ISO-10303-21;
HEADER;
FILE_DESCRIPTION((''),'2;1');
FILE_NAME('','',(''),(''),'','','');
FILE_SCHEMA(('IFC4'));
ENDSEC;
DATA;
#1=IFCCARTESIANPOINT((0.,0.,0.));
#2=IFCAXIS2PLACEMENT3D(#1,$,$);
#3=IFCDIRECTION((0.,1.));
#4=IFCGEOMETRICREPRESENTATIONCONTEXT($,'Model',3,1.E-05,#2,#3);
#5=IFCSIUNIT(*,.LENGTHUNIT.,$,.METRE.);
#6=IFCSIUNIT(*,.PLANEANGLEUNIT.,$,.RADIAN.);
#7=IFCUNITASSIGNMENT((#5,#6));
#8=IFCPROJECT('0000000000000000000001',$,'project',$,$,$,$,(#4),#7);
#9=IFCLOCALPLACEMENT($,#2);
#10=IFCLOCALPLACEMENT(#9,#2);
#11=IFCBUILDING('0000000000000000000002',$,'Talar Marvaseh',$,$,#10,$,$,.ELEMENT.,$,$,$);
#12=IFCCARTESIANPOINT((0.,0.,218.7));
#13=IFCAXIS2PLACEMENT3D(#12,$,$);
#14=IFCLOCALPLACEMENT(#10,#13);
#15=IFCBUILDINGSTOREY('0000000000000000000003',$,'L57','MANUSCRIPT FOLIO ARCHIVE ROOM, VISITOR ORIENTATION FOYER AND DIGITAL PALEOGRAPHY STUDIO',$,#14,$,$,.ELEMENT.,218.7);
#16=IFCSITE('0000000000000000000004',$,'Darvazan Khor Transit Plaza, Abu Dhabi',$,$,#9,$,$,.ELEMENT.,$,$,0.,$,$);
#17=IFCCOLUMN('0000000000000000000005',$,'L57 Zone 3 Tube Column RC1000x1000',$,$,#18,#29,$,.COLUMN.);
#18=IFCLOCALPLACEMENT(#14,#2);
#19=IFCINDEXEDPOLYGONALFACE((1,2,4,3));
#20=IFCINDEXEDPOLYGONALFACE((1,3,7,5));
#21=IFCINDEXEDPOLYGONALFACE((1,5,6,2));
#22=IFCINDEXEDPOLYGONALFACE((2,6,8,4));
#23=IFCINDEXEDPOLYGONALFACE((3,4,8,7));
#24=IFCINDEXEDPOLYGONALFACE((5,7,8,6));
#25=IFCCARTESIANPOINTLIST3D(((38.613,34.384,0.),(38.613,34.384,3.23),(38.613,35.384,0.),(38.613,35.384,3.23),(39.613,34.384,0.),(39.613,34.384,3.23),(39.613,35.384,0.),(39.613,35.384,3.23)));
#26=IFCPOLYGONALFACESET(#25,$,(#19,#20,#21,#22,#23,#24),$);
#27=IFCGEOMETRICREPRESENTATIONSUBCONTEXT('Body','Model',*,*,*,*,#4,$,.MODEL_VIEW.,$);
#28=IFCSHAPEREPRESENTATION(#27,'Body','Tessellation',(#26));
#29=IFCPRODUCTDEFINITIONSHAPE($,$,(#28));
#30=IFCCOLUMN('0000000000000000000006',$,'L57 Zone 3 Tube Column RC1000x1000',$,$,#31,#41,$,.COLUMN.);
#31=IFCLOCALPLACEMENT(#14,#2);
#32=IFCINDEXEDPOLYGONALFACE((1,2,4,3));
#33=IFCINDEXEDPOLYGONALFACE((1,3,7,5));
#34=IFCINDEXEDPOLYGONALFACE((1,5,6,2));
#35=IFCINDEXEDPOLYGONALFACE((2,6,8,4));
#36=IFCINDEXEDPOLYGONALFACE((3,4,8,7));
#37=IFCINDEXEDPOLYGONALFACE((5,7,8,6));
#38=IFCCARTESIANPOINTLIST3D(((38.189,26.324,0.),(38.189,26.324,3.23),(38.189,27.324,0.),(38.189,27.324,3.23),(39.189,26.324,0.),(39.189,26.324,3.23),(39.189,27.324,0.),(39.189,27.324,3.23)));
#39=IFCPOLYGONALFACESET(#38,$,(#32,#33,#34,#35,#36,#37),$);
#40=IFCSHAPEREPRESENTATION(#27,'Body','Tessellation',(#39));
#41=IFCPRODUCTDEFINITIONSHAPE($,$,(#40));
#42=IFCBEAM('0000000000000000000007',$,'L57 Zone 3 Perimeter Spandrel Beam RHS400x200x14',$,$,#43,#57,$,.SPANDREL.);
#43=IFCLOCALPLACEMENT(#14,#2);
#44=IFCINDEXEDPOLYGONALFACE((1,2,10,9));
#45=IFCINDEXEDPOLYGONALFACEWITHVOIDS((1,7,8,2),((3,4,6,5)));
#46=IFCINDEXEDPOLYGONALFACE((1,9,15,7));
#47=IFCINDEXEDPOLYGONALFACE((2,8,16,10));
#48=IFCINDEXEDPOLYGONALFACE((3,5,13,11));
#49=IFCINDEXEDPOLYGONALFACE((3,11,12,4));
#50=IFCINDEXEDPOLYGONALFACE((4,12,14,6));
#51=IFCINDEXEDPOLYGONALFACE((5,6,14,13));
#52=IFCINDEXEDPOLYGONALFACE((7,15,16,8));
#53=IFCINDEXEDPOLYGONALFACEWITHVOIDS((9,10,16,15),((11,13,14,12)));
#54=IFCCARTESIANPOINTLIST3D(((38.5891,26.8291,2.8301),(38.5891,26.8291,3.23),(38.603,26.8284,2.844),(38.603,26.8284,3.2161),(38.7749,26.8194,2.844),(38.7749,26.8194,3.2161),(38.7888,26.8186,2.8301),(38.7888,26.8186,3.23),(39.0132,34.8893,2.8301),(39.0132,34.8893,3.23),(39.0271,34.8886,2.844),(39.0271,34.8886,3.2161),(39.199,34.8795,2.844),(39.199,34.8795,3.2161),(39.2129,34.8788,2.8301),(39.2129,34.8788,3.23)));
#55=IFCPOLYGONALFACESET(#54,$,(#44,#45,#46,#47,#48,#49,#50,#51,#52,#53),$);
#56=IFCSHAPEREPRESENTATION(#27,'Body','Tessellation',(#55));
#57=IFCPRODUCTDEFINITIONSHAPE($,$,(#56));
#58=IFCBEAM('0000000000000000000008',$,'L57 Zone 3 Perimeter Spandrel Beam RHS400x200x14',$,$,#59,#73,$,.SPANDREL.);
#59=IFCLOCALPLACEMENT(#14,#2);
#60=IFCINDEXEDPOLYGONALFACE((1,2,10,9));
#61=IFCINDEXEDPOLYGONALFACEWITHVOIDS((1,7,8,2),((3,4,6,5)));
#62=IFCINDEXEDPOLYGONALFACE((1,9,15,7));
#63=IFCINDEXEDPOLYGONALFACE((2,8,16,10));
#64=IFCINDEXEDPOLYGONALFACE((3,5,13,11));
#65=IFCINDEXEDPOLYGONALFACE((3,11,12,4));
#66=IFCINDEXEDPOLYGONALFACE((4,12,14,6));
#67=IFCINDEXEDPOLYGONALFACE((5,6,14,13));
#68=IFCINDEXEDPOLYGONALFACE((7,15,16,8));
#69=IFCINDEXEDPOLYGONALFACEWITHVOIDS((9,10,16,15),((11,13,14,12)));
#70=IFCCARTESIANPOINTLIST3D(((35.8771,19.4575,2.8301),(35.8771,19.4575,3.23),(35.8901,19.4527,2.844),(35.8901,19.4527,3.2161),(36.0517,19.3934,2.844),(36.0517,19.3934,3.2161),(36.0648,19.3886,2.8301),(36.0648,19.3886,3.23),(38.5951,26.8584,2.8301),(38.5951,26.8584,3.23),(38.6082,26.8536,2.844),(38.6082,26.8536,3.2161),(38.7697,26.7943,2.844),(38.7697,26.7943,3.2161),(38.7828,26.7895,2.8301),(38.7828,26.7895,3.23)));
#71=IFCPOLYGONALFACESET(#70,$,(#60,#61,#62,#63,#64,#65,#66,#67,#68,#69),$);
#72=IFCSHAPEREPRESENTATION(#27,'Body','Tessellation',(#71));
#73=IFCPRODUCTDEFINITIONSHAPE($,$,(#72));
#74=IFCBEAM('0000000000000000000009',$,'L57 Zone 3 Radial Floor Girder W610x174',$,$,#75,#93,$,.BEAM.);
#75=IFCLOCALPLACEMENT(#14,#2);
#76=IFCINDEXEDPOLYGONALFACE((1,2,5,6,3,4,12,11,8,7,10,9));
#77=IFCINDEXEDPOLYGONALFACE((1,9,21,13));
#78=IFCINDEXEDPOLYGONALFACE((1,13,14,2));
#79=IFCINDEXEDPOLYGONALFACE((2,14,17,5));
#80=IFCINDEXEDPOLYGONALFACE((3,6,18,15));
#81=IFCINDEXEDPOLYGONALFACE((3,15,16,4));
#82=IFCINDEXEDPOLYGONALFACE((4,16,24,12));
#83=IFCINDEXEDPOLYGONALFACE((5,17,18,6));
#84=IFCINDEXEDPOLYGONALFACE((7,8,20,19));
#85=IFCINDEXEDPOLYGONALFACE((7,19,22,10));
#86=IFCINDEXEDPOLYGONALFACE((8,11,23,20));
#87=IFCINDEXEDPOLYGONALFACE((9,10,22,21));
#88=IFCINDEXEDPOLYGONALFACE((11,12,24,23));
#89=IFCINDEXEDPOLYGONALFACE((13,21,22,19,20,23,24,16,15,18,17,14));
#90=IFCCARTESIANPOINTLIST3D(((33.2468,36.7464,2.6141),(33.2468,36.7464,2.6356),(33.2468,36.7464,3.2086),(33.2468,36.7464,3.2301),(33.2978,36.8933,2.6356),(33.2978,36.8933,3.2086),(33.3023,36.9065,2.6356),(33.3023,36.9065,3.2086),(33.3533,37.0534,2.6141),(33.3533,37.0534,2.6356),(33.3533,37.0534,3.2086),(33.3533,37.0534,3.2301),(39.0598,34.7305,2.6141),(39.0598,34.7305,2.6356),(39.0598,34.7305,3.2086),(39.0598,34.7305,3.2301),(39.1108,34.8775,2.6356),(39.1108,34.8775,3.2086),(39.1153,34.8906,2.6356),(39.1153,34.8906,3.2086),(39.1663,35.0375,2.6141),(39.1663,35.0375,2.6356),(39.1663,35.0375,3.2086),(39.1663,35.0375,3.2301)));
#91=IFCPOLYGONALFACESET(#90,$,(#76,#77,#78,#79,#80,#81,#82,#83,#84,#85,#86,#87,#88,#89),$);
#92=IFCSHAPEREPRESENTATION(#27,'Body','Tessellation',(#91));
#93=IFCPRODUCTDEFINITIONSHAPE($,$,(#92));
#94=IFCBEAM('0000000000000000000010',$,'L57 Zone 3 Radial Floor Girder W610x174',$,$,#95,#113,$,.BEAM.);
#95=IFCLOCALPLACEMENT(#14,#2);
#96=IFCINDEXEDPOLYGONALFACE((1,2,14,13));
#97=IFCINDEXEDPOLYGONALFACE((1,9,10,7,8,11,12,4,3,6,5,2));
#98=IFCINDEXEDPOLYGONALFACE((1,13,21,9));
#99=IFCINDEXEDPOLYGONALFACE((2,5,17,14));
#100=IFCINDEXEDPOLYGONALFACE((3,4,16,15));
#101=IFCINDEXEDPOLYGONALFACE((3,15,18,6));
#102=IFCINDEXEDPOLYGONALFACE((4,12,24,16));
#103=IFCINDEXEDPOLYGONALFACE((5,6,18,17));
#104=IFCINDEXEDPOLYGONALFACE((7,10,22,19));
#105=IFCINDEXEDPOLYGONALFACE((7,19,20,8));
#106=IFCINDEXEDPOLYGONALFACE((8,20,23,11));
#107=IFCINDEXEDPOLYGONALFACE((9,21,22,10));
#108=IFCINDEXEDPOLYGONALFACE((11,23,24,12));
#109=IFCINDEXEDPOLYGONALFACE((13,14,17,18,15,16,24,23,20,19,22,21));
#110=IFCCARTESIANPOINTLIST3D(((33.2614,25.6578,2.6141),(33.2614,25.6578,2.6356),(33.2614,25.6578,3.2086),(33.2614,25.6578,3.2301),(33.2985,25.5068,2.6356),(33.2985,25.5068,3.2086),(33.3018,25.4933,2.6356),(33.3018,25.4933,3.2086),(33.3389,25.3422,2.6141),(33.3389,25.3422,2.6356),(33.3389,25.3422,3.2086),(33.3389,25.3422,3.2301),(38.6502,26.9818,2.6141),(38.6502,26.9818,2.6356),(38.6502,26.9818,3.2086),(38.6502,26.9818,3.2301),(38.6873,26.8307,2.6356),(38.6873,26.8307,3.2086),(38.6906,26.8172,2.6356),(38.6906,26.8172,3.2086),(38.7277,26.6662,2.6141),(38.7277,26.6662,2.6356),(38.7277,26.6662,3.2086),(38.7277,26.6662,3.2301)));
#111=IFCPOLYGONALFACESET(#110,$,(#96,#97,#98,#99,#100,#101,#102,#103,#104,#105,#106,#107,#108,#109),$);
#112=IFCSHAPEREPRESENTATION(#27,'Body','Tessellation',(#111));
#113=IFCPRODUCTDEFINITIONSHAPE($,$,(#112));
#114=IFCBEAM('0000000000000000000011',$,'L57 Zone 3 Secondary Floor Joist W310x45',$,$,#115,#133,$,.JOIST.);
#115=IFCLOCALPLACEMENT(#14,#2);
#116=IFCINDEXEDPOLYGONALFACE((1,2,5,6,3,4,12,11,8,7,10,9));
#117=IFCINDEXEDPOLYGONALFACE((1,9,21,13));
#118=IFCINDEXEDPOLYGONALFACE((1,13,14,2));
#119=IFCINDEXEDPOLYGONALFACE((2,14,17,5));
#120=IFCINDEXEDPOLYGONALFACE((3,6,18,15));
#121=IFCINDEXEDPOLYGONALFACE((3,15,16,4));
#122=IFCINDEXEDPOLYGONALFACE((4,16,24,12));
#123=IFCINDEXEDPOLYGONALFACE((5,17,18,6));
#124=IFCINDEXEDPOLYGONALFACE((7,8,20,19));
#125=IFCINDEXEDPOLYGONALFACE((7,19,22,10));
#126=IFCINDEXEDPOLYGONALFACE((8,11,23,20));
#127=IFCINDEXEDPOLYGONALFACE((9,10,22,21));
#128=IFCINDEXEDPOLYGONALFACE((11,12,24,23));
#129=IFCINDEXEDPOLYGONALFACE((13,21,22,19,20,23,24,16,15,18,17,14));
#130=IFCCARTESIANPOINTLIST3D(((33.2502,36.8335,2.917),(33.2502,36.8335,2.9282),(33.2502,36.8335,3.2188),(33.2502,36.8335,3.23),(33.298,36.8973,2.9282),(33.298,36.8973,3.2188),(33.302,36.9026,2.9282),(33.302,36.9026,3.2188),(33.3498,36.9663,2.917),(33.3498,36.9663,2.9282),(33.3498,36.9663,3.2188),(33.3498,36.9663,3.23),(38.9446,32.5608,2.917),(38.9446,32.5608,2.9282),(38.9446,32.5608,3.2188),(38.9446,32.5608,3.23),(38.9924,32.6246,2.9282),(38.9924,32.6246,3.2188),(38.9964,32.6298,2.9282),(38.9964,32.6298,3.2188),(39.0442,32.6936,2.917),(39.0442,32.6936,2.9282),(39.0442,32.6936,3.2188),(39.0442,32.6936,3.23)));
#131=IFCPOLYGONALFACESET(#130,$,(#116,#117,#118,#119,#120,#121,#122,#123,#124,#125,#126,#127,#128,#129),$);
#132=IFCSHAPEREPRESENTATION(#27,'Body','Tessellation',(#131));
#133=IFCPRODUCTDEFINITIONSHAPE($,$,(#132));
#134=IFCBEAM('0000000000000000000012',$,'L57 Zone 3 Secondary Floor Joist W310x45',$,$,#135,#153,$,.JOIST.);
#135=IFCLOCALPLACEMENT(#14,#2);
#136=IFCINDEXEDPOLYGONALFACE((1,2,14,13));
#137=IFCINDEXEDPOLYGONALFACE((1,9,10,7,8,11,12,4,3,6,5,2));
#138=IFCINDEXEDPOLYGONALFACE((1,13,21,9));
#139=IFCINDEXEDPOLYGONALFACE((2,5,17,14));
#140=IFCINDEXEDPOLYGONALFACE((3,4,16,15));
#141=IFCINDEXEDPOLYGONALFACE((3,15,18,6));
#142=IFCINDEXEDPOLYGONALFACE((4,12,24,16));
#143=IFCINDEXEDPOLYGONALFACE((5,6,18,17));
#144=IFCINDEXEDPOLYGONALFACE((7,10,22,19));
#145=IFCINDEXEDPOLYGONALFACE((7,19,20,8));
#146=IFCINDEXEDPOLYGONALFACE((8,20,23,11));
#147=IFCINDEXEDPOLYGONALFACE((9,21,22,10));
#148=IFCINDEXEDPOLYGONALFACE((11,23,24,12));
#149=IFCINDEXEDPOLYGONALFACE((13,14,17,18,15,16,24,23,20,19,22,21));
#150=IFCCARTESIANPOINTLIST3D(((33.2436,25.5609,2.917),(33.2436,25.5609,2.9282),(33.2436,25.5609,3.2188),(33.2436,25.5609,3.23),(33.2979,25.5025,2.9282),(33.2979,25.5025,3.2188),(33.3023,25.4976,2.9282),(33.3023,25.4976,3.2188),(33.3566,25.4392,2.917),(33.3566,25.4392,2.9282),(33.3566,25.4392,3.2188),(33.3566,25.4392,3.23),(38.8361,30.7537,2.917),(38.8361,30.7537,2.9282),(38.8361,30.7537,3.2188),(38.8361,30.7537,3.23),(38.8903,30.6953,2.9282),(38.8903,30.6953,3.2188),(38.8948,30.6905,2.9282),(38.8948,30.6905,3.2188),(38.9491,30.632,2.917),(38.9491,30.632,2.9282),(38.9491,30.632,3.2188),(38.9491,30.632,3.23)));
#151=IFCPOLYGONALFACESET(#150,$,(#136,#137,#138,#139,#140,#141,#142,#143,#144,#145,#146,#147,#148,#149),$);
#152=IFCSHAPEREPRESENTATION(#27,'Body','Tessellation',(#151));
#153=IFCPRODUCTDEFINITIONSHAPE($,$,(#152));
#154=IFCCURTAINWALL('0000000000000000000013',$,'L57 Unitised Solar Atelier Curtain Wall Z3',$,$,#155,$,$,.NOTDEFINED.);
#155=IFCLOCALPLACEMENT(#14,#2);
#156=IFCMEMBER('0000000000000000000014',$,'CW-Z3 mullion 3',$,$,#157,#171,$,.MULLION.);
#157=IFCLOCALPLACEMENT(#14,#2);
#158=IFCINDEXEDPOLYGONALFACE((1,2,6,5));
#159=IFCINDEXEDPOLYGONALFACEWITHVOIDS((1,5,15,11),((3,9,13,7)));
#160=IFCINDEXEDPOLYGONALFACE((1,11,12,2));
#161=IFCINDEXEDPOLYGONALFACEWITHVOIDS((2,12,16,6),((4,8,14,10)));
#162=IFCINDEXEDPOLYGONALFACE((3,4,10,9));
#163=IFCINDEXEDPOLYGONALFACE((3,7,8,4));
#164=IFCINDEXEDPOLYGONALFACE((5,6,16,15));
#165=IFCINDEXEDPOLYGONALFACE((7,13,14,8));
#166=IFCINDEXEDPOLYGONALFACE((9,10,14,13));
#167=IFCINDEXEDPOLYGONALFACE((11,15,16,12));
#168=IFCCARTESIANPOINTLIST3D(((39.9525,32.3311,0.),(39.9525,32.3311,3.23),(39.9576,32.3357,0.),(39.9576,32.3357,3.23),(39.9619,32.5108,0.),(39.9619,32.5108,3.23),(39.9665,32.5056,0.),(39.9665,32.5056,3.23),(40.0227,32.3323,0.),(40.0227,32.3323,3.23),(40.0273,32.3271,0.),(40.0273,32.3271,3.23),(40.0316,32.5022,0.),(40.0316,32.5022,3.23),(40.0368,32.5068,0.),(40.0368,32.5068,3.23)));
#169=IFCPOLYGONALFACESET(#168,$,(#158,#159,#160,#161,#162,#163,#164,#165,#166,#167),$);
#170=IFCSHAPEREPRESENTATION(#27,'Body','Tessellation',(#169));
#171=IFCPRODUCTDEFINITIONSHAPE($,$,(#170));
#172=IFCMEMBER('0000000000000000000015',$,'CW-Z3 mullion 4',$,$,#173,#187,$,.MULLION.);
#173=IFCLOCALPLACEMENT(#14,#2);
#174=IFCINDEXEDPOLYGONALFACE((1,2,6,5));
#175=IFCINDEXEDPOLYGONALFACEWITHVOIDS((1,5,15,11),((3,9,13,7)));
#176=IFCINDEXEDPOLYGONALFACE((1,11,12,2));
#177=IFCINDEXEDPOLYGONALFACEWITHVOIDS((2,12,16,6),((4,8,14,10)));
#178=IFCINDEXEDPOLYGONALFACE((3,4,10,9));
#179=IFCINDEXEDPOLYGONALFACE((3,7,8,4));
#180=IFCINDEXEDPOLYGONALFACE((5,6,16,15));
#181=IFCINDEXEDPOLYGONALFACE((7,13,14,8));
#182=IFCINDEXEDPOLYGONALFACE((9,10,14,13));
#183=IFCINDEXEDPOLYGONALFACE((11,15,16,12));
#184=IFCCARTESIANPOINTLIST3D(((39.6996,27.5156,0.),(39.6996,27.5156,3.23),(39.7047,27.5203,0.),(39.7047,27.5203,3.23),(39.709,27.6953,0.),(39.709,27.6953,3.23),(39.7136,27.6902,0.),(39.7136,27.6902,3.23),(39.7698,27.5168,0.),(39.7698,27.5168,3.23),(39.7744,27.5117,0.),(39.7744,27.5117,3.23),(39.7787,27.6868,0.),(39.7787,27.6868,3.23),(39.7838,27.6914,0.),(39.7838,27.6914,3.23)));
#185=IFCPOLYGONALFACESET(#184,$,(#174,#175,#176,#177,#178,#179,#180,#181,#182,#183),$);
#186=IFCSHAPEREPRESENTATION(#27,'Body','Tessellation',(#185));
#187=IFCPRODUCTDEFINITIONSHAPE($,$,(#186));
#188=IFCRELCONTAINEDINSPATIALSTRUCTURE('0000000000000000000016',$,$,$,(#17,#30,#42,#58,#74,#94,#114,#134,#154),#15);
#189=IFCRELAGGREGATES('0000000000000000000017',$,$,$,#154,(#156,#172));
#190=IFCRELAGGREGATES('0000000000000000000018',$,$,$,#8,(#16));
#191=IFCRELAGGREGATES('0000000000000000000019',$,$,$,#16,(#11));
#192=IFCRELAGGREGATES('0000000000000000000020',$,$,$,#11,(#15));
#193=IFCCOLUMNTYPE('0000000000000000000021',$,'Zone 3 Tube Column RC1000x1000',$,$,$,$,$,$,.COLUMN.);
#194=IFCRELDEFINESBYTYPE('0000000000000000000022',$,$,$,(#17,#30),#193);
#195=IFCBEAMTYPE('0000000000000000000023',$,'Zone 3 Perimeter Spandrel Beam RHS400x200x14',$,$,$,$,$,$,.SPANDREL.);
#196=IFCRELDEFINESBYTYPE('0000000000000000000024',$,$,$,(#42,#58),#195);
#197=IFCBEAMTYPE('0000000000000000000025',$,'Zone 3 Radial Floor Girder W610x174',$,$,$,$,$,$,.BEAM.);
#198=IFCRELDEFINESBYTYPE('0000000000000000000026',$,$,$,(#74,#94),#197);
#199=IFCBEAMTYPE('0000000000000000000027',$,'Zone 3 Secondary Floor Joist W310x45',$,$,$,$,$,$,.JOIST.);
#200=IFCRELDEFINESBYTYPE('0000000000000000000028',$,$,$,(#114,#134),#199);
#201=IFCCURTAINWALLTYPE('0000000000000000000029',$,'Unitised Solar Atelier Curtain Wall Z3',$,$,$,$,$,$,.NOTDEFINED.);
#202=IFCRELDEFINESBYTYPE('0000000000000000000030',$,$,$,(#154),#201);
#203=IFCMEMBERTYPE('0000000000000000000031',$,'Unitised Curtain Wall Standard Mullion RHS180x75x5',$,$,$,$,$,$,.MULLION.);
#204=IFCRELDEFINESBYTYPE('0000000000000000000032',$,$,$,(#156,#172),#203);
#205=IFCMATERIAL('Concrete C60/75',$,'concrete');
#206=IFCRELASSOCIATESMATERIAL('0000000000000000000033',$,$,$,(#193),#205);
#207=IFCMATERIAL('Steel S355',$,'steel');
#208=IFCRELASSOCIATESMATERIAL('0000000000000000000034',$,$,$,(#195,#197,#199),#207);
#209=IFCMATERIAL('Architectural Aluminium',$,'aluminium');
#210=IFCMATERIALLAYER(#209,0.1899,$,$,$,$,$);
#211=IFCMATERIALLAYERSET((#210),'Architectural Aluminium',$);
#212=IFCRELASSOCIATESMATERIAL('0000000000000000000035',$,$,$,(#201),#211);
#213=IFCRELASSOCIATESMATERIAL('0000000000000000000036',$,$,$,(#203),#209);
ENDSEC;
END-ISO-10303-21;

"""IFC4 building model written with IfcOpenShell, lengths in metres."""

from ifc_helpers import new_model, si_unit, direction, frame, origin, origin_2d, place, context, subcontext, project, spatial, rectangle, hollow_rectangle, i_section, extrude, source, transform, mapped, material, layer, layer_set, material_profile, profile_set, type_object, type_shapes, element, aggregate, save


model = new_model("IFC4")

# Units and contexts
model_context = context("Model", 3, precision=1e-05, world=origin(), true_north=direction((0.0, 1.0)))
body_context = subcontext(model_context, "Body", "Model", "MODEL_VIEW")
ifc_project = project(units=[si_unit("LENGTHUNIT", "METRE"), si_unit("PLANEANGLEUNIT", "RADIAN")], contexts=[model_context])

# Site, building, storey
site_placement = place(None, origin())
site = spatial("IfcSite", under=ifc_project, at=site_placement, Name="Darvazan Khor Transit Plaza, Abu Dhabi", CompositionType="ELEMENT", RefElevation=0.0)
building_placement = place(site_placement, origin())
building = spatial("IfcBuilding", under=site, at=building_placement, Name="Talar Marvaseh", CompositionType="ELEMENT")
storey_placement = place(building_placement, frame((0.0, 0.0, 218.7)))
storey = spatial("IfcBuildingStorey", under=building, at=storey_placement, Name="L57", Description="MANUSCRIPT FOLIO ARCHIVE ROOM, VISITOR ORIENTATION FOYER AND DIGITAL PALEOGRAPHY STUDIO", CompositionType="ELEMENT", Elevation=218.7)

# Columns
ifc_material_1 = material(Name="Concrete C60/75", Category="concrete")
ifc_material_profile_1 = material_profile(ifc_material_1, rectangle(XDim=1.0, YDim=1.0, at=origin_2d()), Name="RC1000x1000")
ifc_profile_set_1 = profile_set([ifc_material_profile_1], Name="Concrete C60/75")
column_type = type_object("IfcColumnType", Name="Zone 3 Tube Column RC1000x1000", PredefinedType="COLUMN", material=ifc_profile_set_1)
for number, where, z_axis, x_axis, name in (
    (1, (39.113, 34.884, 0.0), (0.0, 0.0, 1.0), (1.0, 0.0, 0.0), "L57 Zone 3 Tube Column RC1000x1000"),
    (2, (38.689, 26.824, 0.0), (0.0, 0.0, 1.0), (1.0, 0.0, 0.0), "L57 Zone 3 Tube Column RC1000x1000"),
):
    element("IfcColumn", number, at=place(storey_placement, frame(where, z_axis=z_axis, x_axis=x_axis)), inside=storey, type_object=column_type, Name=name, PredefinedType="COLUMN", context=body_context, shape_type="SweptSolid", body=[
        extrude(rectangle(XDim=1.0, YDim=1.0, at=origin_2d()), origin(), (0.0, 0.0, 1.0), 3.23),
    ])

# Beams
ifc_material_2 = material(Name="Steel S355", Category="steel")
ifc_material_profile_2 = material_profile(ifc_material_2, hollow_rectangle(XDim=0.2, YDim=0.3999, WallThickness=0.0139, at=origin_2d()), Name="RHS400x200x14")
ifc_profile_set_2 = profile_set([ifc_material_profile_2], Name="Steel S355")
beam_type_1 = type_object("IfcBeamType", Name="Zone 3 Perimeter Spandrel Beam RHS400x200x14", PredefinedType="SPANDREL", material=ifc_profile_set_2)
beam_1_placement = place(storey_placement, frame((39.113, 34.884, 3.03), z_axis=(-0.052541, -0.998619, 0.0), x_axis=(0.998619, -0.052541, 0.0)))
element("IfcBeam", 3, at=beam_1_placement, inside=storey, type_object=beam_type_1, Name="L57 Zone 3 Perimeter Spandrel Beam RHS400x200x14", PredefinedType="SPANDREL", context=body_context, shape_type="SweptSolid", body=[
    extrude(hollow_rectangle(XDim=0.2, YDim=0.3999, WallThickness=0.0139, at=origin_2d()), origin(), (0.0, 0.0, 1.0), 8.0713),
])
beam_2_placement = place(storey_placement, frame((38.689, 26.824, 3.03), z_axis=(-0.344742, -0.938697, 0.0), x_axis=(0.938697, -0.344742, 0.0)))
element("IfcBeam", 4, at=beam_2_placement, inside=storey, type_object=beam_type_1, Name="L57 Zone 3 Perimeter Spandrel Beam RHS400x200x14", PredefinedType="SPANDREL", context=body_context, shape_type="SweptSolid", body=[
    extrude(hollow_rectangle(XDim=0.2, YDim=0.3999, WallThickness=0.0139, at=origin_2d()), origin(), (0.0, 0.0, 1.0), 7.8843),
])
ifc_material_profile_3 = material_profile(ifc_material_2, i_section(OverallWidth=0.325, OverallDepth=0.616, WebThickness=0.0139, FlangeThickness=0.0215, at=origin_2d()), Name="W610x174")
ifc_profile_set_3 = profile_set([ifc_material_profile_3], Name="Steel S355")
beam_type_2 = type_object("IfcBeamType", Name="Zone 3 Radial Floor Girder W610x174", PredefinedType="BEAM", material=ifc_profile_set_3)
beam_3_placement = place(storey_placement, frame((39.113, 34.884, 2.9221), z_axis=(-0.944801, 0.327645, 0.0), x_axis=(-0.327645, -0.944801, 0.0)))
element("IfcBeam", 5, at=beam_3_placement, inside=storey, type_object=beam_type_2, Name="L57 Zone 3 Radial Floor Girder W610x174", PredefinedType="BEAM", context=body_context, shape_type="SweptSolid", body=[
    extrude(i_section(OverallWidth=0.325, OverallDepth=0.616, WebThickness=0.0139, FlangeThickness=0.0215, at=origin_2d()), origin(), (0.0, 0.0, 1.0), 6.1526),
])
beam_4_placement = place(storey_placement, frame((38.689, 26.824, 2.9221), z_axis=(-0.971121, -0.23859, 0.0), x_axis=(0.23859, -0.971121, 0.0)))
element("IfcBeam", 6, at=beam_4_placement, inside=storey, type_object=beam_type_2, Name="L57 Zone 3 Radial Floor Girder W610x174", PredefinedType="BEAM", context=body_context, shape_type="SweptSolid", body=[
    extrude(i_section(OverallWidth=0.325, OverallDepth=0.616, WebThickness=0.0139, FlangeThickness=0.0215, at=origin_2d()), origin(), (0.0, 0.0, 1.0), 5.5491),
])
ifc_material_profile_4 = material_profile(ifc_material_2, i_section(OverallWidth=0.166, OverallDepth=0.313, WebThickness=0.0066, FlangeThickness=0.0112, at=origin_2d()), Name="W310x45")
ifc_profile_set_4 = profile_set([ifc_material_profile_4], Name="Steel S355")
beam_type_3 = type_object("IfcBeamType", Name="Zone 3 Secondary Floor Joist W310x45", PredefinedType="JOIST", material=ifc_profile_set_4)
beam_5_placement = place(storey_placement, frame((38.9944, 32.6272, 3.0735), z_axis=(-0.799868, 0.600176, 0.0), x_axis=(-0.600176, -0.799868, 0.0)))
element("IfcBeam", 7, at=beam_5_placement, inside=storey, type_object=beam_type_3, Name="L57 Zone 3 Secondary Floor Joist W310x45", PredefinedType="JOIST", context=body_context, shape_type="SweptSolid", body=[
    extrude(i_section(OverallWidth=0.166, OverallDepth=0.313, WebThickness=0.0066, FlangeThickness=0.0112, at=origin_2d()), origin(), (0.0, 0.0, 1.0), 7.1191),
])
beam_6_placement = place(storey_placement, frame((38.8926, 30.6929, 3.0735), z_axis=(-0.732806, -0.680438, 0.0), x_axis=(0.680438, -0.732806, 0.0)))
element("IfcBeam", 8, at=beam_6_placement, inside=storey, type_object=beam_type_3, Name="L57 Zone 3 Secondary Floor Joist W310x45", PredefinedType="JOIST", context=body_context, shape_type="SweptSolid", body=[
    extrude(i_section(OverallWidth=0.166, OverallDepth=0.313, WebThickness=0.0066, FlangeThickness=0.0112, at=origin_2d()), origin(), (0.0, 0.0, 1.0), 7.6316),
])

# Curtain wall, members
ifc_material_3 = material(Name="Architectural Aluminium", Category="aluminium")
ifc_layer_1 = layer(ifc_material_3, 0.1899)
ifc_layer_set_1 = layer_set([ifc_layer_1], Name="Architectural Aluminium")
curtain_wall_type = type_object("IfcCurtainWallType", Name="Unitised Solar Atelier Curtain Wall Z3", PredefinedType="NOTDEFINED", material=ifc_layer_set_1)
curtain_wall_placement = place(storey_placement, origin())
curtain_wall = element("IfcCurtainWall", 9, at=curtain_wall_placement, inside=storey, type_object=curtain_wall_type, Name="L57 Unitised Solar Atelier Curtain Wall Z3", PredefinedType="NOTDEFINED")
ifc_material_profile_5 = material_profile(ifc_material_3, hollow_rectangle(XDim=0.075, YDim=0.1799, WallThickness=0.0049, at=origin_2d()), Name="RHS180x75x5")
ifc_profile_set_5 = profile_set([ifc_material_profile_5], Name="Architectural Aluminium")
member_type_1 = type_object("IfcMemberType", Name="Unitised Curtain Wall Standard Mullion RHS180x75x5", PredefinedType="MULLION", material=ifc_profile_set_5)
shared_shape_1 = source(origin(), body_context, "Body", "SweptSolid", [
    extrude(hollow_rectangle(XDim=0.075, YDim=0.1799, WallThickness=0.0049, at=origin_2d()), origin(), (0.0, 0.0, 1.0), 3.23),
])
type_shapes(member_type_1, [shared_shape_1])
member_1_placement = place(storey_placement, frame((39.9946, 32.4189, 0.0), z_axis=(0.0, 0.0, 1.0), x_axis=(0.998622, -0.052488, 0.0)))
member_1 = element("IfcMember", 10, at=member_1_placement, type_object=member_type_1, Name="CW-Z3 mullion 3", PredefinedType="MULLION", context=body_context, shape_type="MappedRepresentation", body=[
    mapped(shared_shape_1, transform((0.0, 0.0, 0.0), x_axis=(1.0, 0.0, 0.0), y_axis=(0.0, 1.0, 0.0), z_axis=(0.0, 0.0, 1.0), scale=1.0)),
])
member_2_placement = place(storey_placement, frame((39.7417, 27.6035, 0.0), z_axis=(0.0, 0.0, 1.0), x_axis=(0.998622, -0.052488, 0.0)))
member_2 = element("IfcMember", 11, at=member_2_placement, type_object=member_type_1, Name="CW-Z3 mullion 4", PredefinedType="MULLION", context=body_context, shape_type="MappedRepresentation", body=[
    mapped(shared_shape_1, transform((0.0, 0.0, 0.0), x_axis=(1.0, 0.0, 0.0), y_axis=(0.0, 1.0, 0.0), z_axis=(0.0, 0.0, 1.0), scale=1.0)),
])
aggregate(curtain_wall, [member_1, member_2])

save(model, "model.ifc")
